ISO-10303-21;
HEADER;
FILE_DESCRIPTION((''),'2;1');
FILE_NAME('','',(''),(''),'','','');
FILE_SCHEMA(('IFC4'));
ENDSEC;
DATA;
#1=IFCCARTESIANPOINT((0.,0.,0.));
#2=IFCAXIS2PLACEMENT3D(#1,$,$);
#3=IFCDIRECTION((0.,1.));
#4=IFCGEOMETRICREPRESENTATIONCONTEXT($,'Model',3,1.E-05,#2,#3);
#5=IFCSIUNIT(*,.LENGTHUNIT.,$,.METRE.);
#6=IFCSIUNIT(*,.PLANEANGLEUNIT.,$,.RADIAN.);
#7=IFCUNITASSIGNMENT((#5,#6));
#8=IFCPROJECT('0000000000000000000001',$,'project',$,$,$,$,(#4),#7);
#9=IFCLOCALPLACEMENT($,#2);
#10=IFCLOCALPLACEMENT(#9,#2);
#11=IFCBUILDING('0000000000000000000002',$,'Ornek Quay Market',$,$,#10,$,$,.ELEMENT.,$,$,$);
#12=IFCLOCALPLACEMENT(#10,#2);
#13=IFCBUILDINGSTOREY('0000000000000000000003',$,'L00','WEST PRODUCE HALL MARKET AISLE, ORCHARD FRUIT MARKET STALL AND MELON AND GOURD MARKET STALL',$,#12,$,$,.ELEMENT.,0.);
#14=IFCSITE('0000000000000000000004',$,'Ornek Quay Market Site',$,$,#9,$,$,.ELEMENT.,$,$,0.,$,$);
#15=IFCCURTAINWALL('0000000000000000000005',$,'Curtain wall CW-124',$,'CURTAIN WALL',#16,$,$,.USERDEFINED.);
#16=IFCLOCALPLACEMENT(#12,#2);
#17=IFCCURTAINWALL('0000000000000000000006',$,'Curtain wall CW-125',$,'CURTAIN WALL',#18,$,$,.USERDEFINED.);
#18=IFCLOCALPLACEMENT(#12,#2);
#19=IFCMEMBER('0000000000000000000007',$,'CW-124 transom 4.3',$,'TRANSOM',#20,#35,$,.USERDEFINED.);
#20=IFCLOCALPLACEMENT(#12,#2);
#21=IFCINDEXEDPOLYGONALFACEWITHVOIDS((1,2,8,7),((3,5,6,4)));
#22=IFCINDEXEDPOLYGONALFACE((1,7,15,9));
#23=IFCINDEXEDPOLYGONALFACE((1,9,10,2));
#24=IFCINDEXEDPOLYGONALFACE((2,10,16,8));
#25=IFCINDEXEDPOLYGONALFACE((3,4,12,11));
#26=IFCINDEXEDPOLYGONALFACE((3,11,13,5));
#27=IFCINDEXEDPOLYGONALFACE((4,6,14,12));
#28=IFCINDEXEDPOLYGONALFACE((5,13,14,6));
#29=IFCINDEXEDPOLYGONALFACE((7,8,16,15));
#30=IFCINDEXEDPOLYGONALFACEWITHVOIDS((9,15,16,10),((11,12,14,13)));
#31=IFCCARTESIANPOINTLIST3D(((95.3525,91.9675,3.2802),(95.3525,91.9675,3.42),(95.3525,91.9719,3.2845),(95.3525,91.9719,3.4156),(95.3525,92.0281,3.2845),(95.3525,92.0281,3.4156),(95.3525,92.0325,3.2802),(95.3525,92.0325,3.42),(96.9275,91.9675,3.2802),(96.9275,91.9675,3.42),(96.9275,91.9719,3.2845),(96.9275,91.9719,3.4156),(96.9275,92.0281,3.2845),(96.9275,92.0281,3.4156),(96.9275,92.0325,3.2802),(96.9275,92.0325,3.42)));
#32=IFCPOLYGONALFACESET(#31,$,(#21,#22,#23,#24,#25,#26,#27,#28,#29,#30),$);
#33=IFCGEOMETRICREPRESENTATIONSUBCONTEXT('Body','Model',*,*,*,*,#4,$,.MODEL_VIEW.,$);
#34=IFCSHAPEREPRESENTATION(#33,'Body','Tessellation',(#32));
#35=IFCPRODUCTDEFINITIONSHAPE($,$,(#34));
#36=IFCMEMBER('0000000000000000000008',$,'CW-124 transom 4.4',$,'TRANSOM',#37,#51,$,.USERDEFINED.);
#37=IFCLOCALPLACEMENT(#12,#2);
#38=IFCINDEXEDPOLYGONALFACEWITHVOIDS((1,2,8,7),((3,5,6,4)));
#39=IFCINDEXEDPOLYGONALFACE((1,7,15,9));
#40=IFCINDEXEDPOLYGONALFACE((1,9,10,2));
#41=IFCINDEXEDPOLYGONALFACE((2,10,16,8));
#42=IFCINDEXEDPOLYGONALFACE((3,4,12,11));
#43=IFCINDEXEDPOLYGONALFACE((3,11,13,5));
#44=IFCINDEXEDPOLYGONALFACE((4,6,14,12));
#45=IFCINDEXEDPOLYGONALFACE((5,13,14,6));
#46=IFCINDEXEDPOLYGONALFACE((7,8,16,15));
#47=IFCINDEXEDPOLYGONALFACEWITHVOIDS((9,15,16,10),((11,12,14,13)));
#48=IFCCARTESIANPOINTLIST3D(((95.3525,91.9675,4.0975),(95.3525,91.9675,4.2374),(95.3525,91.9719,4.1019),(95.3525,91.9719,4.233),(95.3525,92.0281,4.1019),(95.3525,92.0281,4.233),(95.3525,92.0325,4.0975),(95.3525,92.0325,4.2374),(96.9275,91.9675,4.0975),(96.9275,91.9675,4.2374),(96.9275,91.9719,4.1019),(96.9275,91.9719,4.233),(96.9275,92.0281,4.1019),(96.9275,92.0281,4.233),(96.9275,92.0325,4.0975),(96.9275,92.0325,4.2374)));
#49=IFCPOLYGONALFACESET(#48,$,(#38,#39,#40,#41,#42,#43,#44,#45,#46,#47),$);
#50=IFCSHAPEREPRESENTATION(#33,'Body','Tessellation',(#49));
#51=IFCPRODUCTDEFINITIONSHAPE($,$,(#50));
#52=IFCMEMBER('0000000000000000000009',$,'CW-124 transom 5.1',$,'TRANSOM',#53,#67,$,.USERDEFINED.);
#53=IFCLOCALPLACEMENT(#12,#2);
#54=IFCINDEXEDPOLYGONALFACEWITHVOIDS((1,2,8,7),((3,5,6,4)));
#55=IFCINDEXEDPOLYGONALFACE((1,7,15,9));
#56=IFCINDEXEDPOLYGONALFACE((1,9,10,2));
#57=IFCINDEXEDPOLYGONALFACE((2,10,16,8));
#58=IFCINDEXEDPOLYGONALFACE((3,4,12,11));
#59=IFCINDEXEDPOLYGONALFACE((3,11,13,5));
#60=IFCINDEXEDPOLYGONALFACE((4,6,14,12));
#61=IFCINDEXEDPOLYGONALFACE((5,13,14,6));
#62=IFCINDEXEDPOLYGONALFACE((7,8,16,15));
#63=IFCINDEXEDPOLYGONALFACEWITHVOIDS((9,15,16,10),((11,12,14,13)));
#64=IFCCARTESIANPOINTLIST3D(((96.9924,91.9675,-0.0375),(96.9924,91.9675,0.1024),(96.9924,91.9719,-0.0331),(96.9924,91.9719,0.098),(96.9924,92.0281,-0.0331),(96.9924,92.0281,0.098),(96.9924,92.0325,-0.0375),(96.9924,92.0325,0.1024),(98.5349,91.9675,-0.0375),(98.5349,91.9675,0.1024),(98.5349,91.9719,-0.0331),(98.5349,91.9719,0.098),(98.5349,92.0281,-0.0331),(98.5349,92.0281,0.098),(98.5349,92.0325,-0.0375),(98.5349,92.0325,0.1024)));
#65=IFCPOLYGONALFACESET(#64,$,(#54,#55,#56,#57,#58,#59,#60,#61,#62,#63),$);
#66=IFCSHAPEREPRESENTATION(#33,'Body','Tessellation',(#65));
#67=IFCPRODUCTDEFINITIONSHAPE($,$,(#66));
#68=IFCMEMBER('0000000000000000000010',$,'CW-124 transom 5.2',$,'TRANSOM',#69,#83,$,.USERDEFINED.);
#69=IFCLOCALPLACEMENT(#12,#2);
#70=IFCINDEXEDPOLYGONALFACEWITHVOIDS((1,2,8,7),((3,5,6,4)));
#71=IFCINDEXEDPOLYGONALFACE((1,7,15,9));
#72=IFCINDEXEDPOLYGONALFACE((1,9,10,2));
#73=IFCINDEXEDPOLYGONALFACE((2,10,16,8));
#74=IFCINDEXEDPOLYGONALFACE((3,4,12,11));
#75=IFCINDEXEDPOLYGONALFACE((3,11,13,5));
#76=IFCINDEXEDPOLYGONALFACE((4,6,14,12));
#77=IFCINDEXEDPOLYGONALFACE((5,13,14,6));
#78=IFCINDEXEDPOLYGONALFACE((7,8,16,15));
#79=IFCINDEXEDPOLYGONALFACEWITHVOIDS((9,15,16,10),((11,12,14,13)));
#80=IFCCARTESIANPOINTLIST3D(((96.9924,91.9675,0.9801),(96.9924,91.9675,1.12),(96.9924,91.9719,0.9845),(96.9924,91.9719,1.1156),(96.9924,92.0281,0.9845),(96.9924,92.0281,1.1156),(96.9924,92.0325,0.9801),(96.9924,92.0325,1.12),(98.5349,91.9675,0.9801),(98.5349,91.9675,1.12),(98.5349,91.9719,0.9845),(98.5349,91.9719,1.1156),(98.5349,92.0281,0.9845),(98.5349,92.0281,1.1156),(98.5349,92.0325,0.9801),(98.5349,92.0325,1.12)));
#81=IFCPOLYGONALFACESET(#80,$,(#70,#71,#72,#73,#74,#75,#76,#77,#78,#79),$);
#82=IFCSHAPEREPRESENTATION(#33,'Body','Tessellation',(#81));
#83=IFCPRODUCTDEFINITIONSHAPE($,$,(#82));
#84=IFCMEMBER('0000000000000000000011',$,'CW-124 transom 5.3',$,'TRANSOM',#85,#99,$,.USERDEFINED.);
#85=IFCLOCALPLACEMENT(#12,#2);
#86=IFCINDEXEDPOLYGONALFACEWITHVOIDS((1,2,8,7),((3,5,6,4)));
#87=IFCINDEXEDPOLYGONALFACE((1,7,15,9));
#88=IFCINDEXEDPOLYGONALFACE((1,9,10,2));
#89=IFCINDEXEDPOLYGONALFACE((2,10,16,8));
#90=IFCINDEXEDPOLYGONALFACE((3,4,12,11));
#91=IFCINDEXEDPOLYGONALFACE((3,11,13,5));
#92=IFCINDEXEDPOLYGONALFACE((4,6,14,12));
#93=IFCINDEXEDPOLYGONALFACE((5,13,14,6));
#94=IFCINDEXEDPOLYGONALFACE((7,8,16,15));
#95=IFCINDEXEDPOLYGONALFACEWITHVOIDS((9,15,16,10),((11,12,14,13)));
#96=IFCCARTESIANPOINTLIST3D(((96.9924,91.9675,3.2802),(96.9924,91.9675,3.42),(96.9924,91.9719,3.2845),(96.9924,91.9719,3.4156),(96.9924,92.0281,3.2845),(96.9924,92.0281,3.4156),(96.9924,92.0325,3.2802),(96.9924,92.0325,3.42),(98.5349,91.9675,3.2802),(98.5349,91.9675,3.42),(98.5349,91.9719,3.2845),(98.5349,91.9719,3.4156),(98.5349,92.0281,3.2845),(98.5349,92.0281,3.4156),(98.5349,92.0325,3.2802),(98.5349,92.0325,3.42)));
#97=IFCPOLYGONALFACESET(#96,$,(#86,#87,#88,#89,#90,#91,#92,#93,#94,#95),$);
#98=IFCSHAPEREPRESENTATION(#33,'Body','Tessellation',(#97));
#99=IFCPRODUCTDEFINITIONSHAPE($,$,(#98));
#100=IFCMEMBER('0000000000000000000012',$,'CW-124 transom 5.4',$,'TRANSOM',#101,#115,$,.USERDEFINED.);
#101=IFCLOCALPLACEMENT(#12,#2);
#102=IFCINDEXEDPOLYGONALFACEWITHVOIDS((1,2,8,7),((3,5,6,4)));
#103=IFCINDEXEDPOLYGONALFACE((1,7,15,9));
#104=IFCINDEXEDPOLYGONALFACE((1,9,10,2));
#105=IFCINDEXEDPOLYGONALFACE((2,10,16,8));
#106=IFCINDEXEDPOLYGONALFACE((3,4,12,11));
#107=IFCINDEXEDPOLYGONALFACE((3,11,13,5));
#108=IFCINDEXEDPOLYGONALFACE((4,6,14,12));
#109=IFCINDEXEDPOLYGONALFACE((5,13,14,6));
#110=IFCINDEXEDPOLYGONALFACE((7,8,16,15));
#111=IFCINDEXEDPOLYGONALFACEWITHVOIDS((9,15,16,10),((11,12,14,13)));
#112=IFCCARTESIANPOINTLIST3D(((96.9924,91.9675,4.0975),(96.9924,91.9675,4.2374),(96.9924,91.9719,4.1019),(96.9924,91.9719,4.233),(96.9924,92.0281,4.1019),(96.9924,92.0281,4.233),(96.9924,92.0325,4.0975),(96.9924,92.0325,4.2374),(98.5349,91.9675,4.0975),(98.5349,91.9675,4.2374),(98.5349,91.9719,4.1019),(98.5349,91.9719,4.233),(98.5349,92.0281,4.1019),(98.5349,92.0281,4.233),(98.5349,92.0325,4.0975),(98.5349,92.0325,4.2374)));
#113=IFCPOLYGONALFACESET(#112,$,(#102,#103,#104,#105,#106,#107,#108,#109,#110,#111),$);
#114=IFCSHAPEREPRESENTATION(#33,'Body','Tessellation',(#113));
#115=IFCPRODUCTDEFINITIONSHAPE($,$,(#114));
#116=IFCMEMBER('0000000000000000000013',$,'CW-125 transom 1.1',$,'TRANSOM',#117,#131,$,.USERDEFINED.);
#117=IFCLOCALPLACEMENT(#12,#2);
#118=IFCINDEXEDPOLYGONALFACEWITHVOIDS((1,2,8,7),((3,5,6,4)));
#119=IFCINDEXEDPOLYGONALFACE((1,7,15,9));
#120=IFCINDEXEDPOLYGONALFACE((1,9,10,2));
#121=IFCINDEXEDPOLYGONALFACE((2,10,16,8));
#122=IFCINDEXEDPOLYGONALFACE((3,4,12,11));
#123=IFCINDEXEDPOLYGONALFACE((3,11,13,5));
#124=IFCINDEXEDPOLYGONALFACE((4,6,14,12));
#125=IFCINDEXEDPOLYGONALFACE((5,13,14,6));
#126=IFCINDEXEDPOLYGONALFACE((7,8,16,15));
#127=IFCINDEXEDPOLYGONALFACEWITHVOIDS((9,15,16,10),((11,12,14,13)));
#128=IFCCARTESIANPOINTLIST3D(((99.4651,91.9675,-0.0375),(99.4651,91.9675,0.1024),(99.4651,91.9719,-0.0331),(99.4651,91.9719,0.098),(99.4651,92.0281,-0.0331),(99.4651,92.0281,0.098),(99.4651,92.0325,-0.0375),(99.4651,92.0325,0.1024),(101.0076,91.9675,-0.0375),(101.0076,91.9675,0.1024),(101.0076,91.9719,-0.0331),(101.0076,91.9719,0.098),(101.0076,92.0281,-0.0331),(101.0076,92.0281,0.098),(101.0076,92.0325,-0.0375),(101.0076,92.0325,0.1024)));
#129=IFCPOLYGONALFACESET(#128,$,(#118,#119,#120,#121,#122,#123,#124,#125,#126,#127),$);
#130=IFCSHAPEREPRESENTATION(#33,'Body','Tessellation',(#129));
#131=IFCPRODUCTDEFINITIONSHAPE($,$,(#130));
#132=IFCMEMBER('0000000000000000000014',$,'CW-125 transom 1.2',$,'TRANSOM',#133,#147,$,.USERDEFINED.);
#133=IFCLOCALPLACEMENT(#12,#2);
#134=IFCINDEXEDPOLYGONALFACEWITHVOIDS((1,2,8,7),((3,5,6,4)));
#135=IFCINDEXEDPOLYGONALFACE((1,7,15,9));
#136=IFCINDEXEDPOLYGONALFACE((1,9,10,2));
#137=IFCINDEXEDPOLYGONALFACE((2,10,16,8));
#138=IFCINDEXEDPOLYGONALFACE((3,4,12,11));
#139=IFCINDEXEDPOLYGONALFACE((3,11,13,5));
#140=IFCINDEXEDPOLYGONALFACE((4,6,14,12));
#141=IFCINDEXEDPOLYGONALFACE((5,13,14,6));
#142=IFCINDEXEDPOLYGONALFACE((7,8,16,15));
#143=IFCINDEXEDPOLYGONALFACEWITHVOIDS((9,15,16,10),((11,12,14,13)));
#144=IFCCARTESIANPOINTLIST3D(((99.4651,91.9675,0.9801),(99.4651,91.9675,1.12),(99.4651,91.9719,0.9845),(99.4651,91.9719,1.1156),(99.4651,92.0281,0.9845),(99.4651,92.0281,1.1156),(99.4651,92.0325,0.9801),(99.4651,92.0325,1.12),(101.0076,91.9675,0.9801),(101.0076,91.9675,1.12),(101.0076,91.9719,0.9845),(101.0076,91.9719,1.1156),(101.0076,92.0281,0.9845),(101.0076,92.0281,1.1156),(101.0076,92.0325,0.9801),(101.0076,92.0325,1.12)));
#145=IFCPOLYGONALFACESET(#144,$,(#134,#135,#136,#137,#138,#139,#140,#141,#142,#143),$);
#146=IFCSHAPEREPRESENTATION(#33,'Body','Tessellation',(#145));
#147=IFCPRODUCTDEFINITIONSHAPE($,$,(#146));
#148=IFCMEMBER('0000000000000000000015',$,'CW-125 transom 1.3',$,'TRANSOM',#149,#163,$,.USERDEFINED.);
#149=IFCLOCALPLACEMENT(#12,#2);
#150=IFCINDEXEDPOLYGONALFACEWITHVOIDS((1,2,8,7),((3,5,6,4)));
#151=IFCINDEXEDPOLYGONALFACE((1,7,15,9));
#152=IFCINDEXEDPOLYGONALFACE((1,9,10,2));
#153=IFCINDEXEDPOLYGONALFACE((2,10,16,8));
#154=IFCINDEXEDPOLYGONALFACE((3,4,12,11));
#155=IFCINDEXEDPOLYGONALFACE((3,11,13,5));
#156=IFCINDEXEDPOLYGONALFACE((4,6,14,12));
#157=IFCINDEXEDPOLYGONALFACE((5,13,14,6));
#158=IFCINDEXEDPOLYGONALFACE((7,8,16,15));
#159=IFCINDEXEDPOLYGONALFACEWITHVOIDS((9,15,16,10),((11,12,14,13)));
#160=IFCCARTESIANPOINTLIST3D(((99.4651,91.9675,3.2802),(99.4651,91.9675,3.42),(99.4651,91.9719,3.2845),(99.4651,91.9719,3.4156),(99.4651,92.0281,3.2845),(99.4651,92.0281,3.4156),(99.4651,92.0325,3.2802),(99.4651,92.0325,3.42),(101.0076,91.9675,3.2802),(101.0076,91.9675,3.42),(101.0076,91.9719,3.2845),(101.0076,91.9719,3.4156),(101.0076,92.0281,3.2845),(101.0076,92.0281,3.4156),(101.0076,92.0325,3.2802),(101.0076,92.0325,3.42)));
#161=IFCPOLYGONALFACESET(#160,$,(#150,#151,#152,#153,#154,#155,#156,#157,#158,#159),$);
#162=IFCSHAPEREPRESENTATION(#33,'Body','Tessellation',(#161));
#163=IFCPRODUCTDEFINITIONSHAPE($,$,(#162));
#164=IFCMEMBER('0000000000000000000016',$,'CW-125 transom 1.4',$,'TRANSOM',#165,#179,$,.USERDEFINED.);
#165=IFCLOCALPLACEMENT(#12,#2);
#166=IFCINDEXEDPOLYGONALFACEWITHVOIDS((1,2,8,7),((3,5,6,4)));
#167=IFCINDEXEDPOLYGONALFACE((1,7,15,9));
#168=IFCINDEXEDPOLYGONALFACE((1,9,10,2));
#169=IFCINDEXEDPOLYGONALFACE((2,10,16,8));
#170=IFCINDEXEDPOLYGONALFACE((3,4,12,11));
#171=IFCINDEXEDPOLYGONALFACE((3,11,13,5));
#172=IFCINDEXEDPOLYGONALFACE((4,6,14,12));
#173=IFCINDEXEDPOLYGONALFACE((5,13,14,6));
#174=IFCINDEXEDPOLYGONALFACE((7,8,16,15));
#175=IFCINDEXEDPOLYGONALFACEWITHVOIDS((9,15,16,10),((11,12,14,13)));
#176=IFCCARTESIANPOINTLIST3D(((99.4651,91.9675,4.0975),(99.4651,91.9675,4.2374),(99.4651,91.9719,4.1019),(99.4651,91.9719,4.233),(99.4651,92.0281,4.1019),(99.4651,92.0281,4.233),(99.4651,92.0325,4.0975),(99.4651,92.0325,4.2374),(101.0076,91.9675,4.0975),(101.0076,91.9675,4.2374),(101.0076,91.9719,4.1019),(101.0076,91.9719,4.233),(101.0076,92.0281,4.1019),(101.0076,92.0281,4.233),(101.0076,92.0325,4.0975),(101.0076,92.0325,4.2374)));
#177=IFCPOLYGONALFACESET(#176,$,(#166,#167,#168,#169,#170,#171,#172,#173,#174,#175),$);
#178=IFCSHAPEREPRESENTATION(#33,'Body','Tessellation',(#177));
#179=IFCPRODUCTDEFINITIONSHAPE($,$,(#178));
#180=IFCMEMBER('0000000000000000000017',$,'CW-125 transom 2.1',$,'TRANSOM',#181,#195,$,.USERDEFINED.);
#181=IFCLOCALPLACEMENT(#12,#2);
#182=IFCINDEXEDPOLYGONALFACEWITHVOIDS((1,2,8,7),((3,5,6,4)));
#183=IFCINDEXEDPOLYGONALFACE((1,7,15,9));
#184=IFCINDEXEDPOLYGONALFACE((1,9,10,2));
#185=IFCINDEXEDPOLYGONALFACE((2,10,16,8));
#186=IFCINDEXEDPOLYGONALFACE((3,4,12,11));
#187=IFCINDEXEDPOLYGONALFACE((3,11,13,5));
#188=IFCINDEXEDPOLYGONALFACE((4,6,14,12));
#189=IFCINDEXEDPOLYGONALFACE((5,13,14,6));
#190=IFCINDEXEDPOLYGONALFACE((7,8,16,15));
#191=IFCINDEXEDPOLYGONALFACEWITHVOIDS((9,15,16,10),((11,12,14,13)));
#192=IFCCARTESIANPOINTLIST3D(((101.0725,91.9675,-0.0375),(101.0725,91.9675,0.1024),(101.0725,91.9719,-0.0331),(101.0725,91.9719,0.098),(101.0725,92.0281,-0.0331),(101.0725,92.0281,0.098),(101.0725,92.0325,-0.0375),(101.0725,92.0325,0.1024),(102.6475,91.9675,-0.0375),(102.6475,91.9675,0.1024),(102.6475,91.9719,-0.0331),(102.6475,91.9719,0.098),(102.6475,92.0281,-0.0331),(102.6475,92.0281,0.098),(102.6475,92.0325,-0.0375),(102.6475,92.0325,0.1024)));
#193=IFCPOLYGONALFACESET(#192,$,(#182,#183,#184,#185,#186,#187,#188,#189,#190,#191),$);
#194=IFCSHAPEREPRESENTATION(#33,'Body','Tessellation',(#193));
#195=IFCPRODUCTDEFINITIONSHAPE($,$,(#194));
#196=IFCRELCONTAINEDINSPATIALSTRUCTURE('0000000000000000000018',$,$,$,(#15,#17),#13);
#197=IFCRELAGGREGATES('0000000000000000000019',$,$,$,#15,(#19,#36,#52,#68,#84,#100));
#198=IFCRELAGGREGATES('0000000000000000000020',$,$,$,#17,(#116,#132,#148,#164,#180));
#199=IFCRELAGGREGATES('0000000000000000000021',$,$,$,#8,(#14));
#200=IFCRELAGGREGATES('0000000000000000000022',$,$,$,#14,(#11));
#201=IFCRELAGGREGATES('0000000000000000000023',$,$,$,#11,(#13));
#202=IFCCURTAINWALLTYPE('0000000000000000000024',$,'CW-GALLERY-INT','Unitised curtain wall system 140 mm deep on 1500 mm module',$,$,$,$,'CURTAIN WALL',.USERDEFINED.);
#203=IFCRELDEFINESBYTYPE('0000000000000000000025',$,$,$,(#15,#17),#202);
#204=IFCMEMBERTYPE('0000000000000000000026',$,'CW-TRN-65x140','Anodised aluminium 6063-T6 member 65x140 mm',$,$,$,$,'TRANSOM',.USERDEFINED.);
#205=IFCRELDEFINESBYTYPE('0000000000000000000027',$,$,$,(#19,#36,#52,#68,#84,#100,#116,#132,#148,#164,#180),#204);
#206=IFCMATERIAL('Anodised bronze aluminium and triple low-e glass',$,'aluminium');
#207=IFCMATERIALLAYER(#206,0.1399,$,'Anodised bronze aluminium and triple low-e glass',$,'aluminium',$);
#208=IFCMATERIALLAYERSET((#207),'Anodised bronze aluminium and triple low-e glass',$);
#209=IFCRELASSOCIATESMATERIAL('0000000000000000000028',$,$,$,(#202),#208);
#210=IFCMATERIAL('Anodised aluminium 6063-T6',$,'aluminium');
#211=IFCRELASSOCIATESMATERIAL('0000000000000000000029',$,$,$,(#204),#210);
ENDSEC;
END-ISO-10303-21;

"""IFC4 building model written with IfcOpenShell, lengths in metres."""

from ifc_helpers import new_model, si_unit, direction, frame, origin, origin_2d, place, context, subcontext, project, spatial, hollow_rectangle, extrude, material, layer, layer_set, material_profile, profile_set, type_object, element, aggregate, save


model = new_model("IFC4")

# Units and contexts
model_context = context("Model", 3, precision=1e-05, world=origin(), true_north=direction((0.0, 1.0)))
body_context = subcontext(model_context, "Body", "Model", "MODEL_VIEW")
ifc_project = project(units=[si_unit("LENGTHUNIT", "METRE"), si_unit("PLANEANGLEUNIT", "RADIAN")], contexts=[model_context])

# Site, building, storey
site_placement = place(None, origin())
site = spatial("IfcSite", under=ifc_project, at=site_placement, Name="Ornek Quay Market Site", CompositionType="ELEMENT", RefElevation=0.0)
building_placement = place(site_placement, origin())
building = spatial("IfcBuilding", under=site, at=building_placement, Name="Ornek Quay Market", CompositionType="ELEMENT")
storey_placement = place(building_placement, origin())
storey = spatial("IfcBuildingStorey", under=building, at=storey_placement, Name="L00", Description="WEST PRODUCE HALL MARKET AISLE, ORCHARD FRUIT MARKET STALL AND MELON AND GOURD MARKET STALL", CompositionType="ELEMENT", Elevation=0.0)

# Curtain walls
ifc_material_1 = material(Name="Anodised bronze aluminium and triple low-e glass", Category="aluminium")
ifc_layer_1 = layer(ifc_material_1, 0.1399, Name="Anodised bronze aluminium and triple low-e glass", Category="aluminium")
ifc_layer_set_1 = layer_set([ifc_layer_1], Name="Anodised bronze aluminium and triple low-e glass")
curtain_wall_type = type_object("IfcCurtainWallType", Name="CW-GALLERY-INT", Description="Unitised curtain wall system 140 mm deep on 1500 mm module", ElementType="CURTAIN WALL", PredefinedType="USERDEFINED", material=ifc_layer_set_1)
curtain_wall_1_placement = place(storey_placement, origin())
curtain_wall_1 = element("IfcCurtainWall", 1, at=curtain_wall_1_placement, inside=storey, type_object=curtain_wall_type, Name="Curtain wall CW-124", ObjectType="CURTAIN WALL", PredefinedType="USERDEFINED")
ifc_material_2 = material(Name="Anodised aluminium 6063-T6", Category="aluminium")
curtain_wall_2_placement = place(storey_placement, origin())
curtain_wall_2 = element("IfcCurtainWall", 2, at=curtain_wall_2_placement, inside=storey, type_object=curtain_wall_type, Name="Curtain wall CW-125", ObjectType="CURTAIN WALL", PredefinedType="USERDEFINED")

# Members
ifc_material_profile_1 = material_profile(ifc_material_2, hollow_rectangle(XDim=0.0649, YDim=0.1399, WallThickness=0.0044, at=origin_2d()), Name="CW-TRN-65x140", Category="aluminium")
ifc_profile_set_1 = profile_set([ifc_material_profile_1], Name="Anodised aluminium 6063-T6")
member_type_1 = type_object("IfcMemberType", Name="CW-TRN-65x140", Description="Anodised aluminium 6063-T6 member 65x140 mm", ElementType="TRANSOM", PredefinedType="USERDEFINED", material=ifc_profile_set_1)
member_1_placement = place(storey_placement, frame((95.3525, 92.0, 3.3501), z_axis=(1.0, 0.0, 0.0), x_axis=(0.0, 1.0, 0.0)))
member_1 = element("IfcMember", 3, at=member_1_placement, type_object=member_type_1, Name="CW-124 transom 4.3", ObjectType="TRANSOM", PredefinedType="USERDEFINED", context=body_context, shape_type="SweptSolid", body=[
    extrude(hollow_rectangle(XDim=0.0649, YDim=0.1399, WallThickness=0.0044, at=origin_2d()), origin(), (0.0, 0.0, 1.0), 1.575),
])
member_2_placement = place(storey_placement, frame((95.3525, 92.0, 4.1675), z_axis=(1.0, 0.0, 0.0), x_axis=(0.0, 1.0, 0.0)))
member_2 = element("IfcMember", 4, at=member_2_placement, type_object=member_type_1, Name="CW-124 transom 4.4", ObjectType="TRANSOM", PredefinedType="USERDEFINED", context=body_context, shape_type="SweptSolid", body=[
    extrude(hollow_rectangle(XDim=0.0649, YDim=0.1399, WallThickness=0.0044, at=origin_2d()), origin(), (0.0, 0.0, 1.0), 1.575),
])
member_3_placement = place(storey_placement, frame((96.9924, 92.0, 0.0325), z_axis=(1.0, 0.0, 0.0), x_axis=(0.0, 1.0, 0.0)))
member_3 = element("IfcMember", 5, at=member_3_placement, type_object=member_type_1, Name="CW-124 transom 5.1", ObjectType="TRANSOM", PredefinedType="USERDEFINED", context=body_context, shape_type="SweptSolid", body=[
    extrude(hollow_rectangle(XDim=0.0649, YDim=0.1399, WallThickness=0.0044, at=origin_2d()), origin(), (0.0, 0.0, 1.0), 1.5425),
])
member_4_placement = place(storey_placement, frame((96.9924, 92.0, 1.05), z_axis=(1.0, 0.0, 0.0), x_axis=(0.0, 1.0, 0.0)))
member_4 = element("IfcMember", 6, at=member_4_placement, type_object=member_type_1, Name="CW-124 transom 5.2", ObjectType="TRANSOM", PredefinedType="USERDEFINED", context=body_context, shape_type="SweptSolid", body=[
    extrude(hollow_rectangle(XDim=0.0649, YDim=0.1399, WallThickness=0.0044, at=origin_2d()), origin(), (0.0, 0.0, 1.0), 1.5425),
])
member_5_placement = place(storey_placement, frame((96.9924, 92.0, 3.3501), z_axis=(1.0, 0.0, 0.0), x_axis=(0.0, 1.0, 0.0)))
member_5 = element("IfcMember", 7, at=member_5_placement, type_object=member_type_1, Name="CW-124 transom 5.3", ObjectType="TRANSOM", PredefinedType="USERDEFINED", context=body_context, shape_type="SweptSolid", body=[
    extrude(hollow_rectangle(XDim=0.0649, YDim=0.1399, WallThickness=0.0044, at=origin_2d()), origin(), (0.0, 0.0, 1.0), 1.5425),
])
member_6_placement = place(storey_placement, frame((96.9924, 92.0, 4.1675), z_axis=(1.0, 0.0, 0.0), x_axis=(0.0, 1.0, 0.0)))
member_6 = element("IfcMember", 8, at=member_6_placement, type_object=member_type_1, Name="CW-124 transom 5.4", ObjectType="TRANSOM", PredefinedType="USERDEFINED", context=body_context, shape_type="SweptSolid", body=[
    extrude(hollow_rectangle(XDim=0.0649, YDim=0.1399, WallThickness=0.0044, at=origin_2d()), origin(), (0.0, 0.0, 1.0), 1.5425),
])
member_7_placement = place(storey_placement, frame((99.4651, 92.0, 0.0325), z_axis=(1.0, 0.0, 0.0), x_axis=(0.0, 1.0, 0.0)))
member_7 = element("IfcMember", 9, at=member_7_placement, type_object=member_type_1, Name="CW-125 transom 1.1", ObjectType="TRANSOM", PredefinedType="USERDEFINED", context=body_context, shape_type="SweptSolid", body=[
    extrude(hollow_rectangle(XDim=0.0649, YDim=0.1399, WallThickness=0.0044, at=origin_2d()), origin(), (0.0, 0.0, 1.0), 1.5425),
])
member_8_placement = place(storey_placement, frame((99.4651, 92.0, 1.05), z_axis=(1.0, 0.0, 0.0), x_axis=(0.0, 1.0, 0.0)))
member_8 = element("IfcMember", 10, at=member_8_placement, type_object=member_type_1, Name="CW-125 transom 1.2", ObjectType="TRANSOM", PredefinedType="USERDEFINED", context=body_context, shape_type="SweptSolid", body=[
    extrude(hollow_rectangle(XDim=0.0649, YDim=0.1399, WallThickness=0.0044, at=origin_2d()), origin(), (0.0, 0.0, 1.0), 1.5425),
])
member_9_placement = place(storey_placement, frame((99.4651, 92.0, 3.3501), z_axis=(1.0, 0.0, 0.0), x_axis=(0.0, 1.0, 0.0)))
member_9 = element("IfcMember", 11, at=member_9_placement, type_object=member_type_1, Name="CW-125 transom 1.3", ObjectType="TRANSOM", PredefinedType="USERDEFINED", context=body_context, shape_type="SweptSolid", body=[
    extrude(hollow_rectangle(XDim=0.0649, YDim=0.1399, WallThickness=0.0044, at=origin_2d()), origin(), (0.0, 0.0, 1.0), 1.5425),
])
member_10_placement = place(storey_placement, frame((99.4651, 92.0, 4.1675), z_axis=(1.0, 0.0, 0.0), x_axis=(0.0, 1.0, 0.0)))
member_10 = element("IfcMember", 12, at=member_10_placement, type_object=member_type_1, Name="CW-125 transom 1.4", ObjectType="TRANSOM", PredefinedType="USERDEFINED", context=body_context, shape_type="SweptSolid", body=[
    extrude(hollow_rectangle(XDim=0.0649, YDim=0.1399, WallThickness=0.0044, at=origin_2d()), origin(), (0.0, 0.0, 1.0), 1.5425),
])
member_11_placement = place(storey_placement, frame((101.0725, 92.0, 0.0325), z_axis=(1.0, 0.0, 0.0), x_axis=(0.0, 1.0, 0.0)))
member_11 = element("IfcMember", 13, at=member_11_placement, type_object=member_type_1, Name="CW-125 transom 2.1", ObjectType="TRANSOM", PredefinedType="USERDEFINED", context=body_context, shape_type="SweptSolid", body=[
    extrude(hollow_rectangle(XDim=0.0649, YDim=0.1399, WallThickness=0.0044, at=origin_2d()), origin(), (0.0, 0.0, 1.0), 1.575),
])

aggregate(curtain_wall_1, [member_1, member_2, member_3, member_4, member_5, member_6])
aggregate(curtain_wall_2, [member_7, member_8, member_9, member_10, member_11])

save(model, "model.ifc")
